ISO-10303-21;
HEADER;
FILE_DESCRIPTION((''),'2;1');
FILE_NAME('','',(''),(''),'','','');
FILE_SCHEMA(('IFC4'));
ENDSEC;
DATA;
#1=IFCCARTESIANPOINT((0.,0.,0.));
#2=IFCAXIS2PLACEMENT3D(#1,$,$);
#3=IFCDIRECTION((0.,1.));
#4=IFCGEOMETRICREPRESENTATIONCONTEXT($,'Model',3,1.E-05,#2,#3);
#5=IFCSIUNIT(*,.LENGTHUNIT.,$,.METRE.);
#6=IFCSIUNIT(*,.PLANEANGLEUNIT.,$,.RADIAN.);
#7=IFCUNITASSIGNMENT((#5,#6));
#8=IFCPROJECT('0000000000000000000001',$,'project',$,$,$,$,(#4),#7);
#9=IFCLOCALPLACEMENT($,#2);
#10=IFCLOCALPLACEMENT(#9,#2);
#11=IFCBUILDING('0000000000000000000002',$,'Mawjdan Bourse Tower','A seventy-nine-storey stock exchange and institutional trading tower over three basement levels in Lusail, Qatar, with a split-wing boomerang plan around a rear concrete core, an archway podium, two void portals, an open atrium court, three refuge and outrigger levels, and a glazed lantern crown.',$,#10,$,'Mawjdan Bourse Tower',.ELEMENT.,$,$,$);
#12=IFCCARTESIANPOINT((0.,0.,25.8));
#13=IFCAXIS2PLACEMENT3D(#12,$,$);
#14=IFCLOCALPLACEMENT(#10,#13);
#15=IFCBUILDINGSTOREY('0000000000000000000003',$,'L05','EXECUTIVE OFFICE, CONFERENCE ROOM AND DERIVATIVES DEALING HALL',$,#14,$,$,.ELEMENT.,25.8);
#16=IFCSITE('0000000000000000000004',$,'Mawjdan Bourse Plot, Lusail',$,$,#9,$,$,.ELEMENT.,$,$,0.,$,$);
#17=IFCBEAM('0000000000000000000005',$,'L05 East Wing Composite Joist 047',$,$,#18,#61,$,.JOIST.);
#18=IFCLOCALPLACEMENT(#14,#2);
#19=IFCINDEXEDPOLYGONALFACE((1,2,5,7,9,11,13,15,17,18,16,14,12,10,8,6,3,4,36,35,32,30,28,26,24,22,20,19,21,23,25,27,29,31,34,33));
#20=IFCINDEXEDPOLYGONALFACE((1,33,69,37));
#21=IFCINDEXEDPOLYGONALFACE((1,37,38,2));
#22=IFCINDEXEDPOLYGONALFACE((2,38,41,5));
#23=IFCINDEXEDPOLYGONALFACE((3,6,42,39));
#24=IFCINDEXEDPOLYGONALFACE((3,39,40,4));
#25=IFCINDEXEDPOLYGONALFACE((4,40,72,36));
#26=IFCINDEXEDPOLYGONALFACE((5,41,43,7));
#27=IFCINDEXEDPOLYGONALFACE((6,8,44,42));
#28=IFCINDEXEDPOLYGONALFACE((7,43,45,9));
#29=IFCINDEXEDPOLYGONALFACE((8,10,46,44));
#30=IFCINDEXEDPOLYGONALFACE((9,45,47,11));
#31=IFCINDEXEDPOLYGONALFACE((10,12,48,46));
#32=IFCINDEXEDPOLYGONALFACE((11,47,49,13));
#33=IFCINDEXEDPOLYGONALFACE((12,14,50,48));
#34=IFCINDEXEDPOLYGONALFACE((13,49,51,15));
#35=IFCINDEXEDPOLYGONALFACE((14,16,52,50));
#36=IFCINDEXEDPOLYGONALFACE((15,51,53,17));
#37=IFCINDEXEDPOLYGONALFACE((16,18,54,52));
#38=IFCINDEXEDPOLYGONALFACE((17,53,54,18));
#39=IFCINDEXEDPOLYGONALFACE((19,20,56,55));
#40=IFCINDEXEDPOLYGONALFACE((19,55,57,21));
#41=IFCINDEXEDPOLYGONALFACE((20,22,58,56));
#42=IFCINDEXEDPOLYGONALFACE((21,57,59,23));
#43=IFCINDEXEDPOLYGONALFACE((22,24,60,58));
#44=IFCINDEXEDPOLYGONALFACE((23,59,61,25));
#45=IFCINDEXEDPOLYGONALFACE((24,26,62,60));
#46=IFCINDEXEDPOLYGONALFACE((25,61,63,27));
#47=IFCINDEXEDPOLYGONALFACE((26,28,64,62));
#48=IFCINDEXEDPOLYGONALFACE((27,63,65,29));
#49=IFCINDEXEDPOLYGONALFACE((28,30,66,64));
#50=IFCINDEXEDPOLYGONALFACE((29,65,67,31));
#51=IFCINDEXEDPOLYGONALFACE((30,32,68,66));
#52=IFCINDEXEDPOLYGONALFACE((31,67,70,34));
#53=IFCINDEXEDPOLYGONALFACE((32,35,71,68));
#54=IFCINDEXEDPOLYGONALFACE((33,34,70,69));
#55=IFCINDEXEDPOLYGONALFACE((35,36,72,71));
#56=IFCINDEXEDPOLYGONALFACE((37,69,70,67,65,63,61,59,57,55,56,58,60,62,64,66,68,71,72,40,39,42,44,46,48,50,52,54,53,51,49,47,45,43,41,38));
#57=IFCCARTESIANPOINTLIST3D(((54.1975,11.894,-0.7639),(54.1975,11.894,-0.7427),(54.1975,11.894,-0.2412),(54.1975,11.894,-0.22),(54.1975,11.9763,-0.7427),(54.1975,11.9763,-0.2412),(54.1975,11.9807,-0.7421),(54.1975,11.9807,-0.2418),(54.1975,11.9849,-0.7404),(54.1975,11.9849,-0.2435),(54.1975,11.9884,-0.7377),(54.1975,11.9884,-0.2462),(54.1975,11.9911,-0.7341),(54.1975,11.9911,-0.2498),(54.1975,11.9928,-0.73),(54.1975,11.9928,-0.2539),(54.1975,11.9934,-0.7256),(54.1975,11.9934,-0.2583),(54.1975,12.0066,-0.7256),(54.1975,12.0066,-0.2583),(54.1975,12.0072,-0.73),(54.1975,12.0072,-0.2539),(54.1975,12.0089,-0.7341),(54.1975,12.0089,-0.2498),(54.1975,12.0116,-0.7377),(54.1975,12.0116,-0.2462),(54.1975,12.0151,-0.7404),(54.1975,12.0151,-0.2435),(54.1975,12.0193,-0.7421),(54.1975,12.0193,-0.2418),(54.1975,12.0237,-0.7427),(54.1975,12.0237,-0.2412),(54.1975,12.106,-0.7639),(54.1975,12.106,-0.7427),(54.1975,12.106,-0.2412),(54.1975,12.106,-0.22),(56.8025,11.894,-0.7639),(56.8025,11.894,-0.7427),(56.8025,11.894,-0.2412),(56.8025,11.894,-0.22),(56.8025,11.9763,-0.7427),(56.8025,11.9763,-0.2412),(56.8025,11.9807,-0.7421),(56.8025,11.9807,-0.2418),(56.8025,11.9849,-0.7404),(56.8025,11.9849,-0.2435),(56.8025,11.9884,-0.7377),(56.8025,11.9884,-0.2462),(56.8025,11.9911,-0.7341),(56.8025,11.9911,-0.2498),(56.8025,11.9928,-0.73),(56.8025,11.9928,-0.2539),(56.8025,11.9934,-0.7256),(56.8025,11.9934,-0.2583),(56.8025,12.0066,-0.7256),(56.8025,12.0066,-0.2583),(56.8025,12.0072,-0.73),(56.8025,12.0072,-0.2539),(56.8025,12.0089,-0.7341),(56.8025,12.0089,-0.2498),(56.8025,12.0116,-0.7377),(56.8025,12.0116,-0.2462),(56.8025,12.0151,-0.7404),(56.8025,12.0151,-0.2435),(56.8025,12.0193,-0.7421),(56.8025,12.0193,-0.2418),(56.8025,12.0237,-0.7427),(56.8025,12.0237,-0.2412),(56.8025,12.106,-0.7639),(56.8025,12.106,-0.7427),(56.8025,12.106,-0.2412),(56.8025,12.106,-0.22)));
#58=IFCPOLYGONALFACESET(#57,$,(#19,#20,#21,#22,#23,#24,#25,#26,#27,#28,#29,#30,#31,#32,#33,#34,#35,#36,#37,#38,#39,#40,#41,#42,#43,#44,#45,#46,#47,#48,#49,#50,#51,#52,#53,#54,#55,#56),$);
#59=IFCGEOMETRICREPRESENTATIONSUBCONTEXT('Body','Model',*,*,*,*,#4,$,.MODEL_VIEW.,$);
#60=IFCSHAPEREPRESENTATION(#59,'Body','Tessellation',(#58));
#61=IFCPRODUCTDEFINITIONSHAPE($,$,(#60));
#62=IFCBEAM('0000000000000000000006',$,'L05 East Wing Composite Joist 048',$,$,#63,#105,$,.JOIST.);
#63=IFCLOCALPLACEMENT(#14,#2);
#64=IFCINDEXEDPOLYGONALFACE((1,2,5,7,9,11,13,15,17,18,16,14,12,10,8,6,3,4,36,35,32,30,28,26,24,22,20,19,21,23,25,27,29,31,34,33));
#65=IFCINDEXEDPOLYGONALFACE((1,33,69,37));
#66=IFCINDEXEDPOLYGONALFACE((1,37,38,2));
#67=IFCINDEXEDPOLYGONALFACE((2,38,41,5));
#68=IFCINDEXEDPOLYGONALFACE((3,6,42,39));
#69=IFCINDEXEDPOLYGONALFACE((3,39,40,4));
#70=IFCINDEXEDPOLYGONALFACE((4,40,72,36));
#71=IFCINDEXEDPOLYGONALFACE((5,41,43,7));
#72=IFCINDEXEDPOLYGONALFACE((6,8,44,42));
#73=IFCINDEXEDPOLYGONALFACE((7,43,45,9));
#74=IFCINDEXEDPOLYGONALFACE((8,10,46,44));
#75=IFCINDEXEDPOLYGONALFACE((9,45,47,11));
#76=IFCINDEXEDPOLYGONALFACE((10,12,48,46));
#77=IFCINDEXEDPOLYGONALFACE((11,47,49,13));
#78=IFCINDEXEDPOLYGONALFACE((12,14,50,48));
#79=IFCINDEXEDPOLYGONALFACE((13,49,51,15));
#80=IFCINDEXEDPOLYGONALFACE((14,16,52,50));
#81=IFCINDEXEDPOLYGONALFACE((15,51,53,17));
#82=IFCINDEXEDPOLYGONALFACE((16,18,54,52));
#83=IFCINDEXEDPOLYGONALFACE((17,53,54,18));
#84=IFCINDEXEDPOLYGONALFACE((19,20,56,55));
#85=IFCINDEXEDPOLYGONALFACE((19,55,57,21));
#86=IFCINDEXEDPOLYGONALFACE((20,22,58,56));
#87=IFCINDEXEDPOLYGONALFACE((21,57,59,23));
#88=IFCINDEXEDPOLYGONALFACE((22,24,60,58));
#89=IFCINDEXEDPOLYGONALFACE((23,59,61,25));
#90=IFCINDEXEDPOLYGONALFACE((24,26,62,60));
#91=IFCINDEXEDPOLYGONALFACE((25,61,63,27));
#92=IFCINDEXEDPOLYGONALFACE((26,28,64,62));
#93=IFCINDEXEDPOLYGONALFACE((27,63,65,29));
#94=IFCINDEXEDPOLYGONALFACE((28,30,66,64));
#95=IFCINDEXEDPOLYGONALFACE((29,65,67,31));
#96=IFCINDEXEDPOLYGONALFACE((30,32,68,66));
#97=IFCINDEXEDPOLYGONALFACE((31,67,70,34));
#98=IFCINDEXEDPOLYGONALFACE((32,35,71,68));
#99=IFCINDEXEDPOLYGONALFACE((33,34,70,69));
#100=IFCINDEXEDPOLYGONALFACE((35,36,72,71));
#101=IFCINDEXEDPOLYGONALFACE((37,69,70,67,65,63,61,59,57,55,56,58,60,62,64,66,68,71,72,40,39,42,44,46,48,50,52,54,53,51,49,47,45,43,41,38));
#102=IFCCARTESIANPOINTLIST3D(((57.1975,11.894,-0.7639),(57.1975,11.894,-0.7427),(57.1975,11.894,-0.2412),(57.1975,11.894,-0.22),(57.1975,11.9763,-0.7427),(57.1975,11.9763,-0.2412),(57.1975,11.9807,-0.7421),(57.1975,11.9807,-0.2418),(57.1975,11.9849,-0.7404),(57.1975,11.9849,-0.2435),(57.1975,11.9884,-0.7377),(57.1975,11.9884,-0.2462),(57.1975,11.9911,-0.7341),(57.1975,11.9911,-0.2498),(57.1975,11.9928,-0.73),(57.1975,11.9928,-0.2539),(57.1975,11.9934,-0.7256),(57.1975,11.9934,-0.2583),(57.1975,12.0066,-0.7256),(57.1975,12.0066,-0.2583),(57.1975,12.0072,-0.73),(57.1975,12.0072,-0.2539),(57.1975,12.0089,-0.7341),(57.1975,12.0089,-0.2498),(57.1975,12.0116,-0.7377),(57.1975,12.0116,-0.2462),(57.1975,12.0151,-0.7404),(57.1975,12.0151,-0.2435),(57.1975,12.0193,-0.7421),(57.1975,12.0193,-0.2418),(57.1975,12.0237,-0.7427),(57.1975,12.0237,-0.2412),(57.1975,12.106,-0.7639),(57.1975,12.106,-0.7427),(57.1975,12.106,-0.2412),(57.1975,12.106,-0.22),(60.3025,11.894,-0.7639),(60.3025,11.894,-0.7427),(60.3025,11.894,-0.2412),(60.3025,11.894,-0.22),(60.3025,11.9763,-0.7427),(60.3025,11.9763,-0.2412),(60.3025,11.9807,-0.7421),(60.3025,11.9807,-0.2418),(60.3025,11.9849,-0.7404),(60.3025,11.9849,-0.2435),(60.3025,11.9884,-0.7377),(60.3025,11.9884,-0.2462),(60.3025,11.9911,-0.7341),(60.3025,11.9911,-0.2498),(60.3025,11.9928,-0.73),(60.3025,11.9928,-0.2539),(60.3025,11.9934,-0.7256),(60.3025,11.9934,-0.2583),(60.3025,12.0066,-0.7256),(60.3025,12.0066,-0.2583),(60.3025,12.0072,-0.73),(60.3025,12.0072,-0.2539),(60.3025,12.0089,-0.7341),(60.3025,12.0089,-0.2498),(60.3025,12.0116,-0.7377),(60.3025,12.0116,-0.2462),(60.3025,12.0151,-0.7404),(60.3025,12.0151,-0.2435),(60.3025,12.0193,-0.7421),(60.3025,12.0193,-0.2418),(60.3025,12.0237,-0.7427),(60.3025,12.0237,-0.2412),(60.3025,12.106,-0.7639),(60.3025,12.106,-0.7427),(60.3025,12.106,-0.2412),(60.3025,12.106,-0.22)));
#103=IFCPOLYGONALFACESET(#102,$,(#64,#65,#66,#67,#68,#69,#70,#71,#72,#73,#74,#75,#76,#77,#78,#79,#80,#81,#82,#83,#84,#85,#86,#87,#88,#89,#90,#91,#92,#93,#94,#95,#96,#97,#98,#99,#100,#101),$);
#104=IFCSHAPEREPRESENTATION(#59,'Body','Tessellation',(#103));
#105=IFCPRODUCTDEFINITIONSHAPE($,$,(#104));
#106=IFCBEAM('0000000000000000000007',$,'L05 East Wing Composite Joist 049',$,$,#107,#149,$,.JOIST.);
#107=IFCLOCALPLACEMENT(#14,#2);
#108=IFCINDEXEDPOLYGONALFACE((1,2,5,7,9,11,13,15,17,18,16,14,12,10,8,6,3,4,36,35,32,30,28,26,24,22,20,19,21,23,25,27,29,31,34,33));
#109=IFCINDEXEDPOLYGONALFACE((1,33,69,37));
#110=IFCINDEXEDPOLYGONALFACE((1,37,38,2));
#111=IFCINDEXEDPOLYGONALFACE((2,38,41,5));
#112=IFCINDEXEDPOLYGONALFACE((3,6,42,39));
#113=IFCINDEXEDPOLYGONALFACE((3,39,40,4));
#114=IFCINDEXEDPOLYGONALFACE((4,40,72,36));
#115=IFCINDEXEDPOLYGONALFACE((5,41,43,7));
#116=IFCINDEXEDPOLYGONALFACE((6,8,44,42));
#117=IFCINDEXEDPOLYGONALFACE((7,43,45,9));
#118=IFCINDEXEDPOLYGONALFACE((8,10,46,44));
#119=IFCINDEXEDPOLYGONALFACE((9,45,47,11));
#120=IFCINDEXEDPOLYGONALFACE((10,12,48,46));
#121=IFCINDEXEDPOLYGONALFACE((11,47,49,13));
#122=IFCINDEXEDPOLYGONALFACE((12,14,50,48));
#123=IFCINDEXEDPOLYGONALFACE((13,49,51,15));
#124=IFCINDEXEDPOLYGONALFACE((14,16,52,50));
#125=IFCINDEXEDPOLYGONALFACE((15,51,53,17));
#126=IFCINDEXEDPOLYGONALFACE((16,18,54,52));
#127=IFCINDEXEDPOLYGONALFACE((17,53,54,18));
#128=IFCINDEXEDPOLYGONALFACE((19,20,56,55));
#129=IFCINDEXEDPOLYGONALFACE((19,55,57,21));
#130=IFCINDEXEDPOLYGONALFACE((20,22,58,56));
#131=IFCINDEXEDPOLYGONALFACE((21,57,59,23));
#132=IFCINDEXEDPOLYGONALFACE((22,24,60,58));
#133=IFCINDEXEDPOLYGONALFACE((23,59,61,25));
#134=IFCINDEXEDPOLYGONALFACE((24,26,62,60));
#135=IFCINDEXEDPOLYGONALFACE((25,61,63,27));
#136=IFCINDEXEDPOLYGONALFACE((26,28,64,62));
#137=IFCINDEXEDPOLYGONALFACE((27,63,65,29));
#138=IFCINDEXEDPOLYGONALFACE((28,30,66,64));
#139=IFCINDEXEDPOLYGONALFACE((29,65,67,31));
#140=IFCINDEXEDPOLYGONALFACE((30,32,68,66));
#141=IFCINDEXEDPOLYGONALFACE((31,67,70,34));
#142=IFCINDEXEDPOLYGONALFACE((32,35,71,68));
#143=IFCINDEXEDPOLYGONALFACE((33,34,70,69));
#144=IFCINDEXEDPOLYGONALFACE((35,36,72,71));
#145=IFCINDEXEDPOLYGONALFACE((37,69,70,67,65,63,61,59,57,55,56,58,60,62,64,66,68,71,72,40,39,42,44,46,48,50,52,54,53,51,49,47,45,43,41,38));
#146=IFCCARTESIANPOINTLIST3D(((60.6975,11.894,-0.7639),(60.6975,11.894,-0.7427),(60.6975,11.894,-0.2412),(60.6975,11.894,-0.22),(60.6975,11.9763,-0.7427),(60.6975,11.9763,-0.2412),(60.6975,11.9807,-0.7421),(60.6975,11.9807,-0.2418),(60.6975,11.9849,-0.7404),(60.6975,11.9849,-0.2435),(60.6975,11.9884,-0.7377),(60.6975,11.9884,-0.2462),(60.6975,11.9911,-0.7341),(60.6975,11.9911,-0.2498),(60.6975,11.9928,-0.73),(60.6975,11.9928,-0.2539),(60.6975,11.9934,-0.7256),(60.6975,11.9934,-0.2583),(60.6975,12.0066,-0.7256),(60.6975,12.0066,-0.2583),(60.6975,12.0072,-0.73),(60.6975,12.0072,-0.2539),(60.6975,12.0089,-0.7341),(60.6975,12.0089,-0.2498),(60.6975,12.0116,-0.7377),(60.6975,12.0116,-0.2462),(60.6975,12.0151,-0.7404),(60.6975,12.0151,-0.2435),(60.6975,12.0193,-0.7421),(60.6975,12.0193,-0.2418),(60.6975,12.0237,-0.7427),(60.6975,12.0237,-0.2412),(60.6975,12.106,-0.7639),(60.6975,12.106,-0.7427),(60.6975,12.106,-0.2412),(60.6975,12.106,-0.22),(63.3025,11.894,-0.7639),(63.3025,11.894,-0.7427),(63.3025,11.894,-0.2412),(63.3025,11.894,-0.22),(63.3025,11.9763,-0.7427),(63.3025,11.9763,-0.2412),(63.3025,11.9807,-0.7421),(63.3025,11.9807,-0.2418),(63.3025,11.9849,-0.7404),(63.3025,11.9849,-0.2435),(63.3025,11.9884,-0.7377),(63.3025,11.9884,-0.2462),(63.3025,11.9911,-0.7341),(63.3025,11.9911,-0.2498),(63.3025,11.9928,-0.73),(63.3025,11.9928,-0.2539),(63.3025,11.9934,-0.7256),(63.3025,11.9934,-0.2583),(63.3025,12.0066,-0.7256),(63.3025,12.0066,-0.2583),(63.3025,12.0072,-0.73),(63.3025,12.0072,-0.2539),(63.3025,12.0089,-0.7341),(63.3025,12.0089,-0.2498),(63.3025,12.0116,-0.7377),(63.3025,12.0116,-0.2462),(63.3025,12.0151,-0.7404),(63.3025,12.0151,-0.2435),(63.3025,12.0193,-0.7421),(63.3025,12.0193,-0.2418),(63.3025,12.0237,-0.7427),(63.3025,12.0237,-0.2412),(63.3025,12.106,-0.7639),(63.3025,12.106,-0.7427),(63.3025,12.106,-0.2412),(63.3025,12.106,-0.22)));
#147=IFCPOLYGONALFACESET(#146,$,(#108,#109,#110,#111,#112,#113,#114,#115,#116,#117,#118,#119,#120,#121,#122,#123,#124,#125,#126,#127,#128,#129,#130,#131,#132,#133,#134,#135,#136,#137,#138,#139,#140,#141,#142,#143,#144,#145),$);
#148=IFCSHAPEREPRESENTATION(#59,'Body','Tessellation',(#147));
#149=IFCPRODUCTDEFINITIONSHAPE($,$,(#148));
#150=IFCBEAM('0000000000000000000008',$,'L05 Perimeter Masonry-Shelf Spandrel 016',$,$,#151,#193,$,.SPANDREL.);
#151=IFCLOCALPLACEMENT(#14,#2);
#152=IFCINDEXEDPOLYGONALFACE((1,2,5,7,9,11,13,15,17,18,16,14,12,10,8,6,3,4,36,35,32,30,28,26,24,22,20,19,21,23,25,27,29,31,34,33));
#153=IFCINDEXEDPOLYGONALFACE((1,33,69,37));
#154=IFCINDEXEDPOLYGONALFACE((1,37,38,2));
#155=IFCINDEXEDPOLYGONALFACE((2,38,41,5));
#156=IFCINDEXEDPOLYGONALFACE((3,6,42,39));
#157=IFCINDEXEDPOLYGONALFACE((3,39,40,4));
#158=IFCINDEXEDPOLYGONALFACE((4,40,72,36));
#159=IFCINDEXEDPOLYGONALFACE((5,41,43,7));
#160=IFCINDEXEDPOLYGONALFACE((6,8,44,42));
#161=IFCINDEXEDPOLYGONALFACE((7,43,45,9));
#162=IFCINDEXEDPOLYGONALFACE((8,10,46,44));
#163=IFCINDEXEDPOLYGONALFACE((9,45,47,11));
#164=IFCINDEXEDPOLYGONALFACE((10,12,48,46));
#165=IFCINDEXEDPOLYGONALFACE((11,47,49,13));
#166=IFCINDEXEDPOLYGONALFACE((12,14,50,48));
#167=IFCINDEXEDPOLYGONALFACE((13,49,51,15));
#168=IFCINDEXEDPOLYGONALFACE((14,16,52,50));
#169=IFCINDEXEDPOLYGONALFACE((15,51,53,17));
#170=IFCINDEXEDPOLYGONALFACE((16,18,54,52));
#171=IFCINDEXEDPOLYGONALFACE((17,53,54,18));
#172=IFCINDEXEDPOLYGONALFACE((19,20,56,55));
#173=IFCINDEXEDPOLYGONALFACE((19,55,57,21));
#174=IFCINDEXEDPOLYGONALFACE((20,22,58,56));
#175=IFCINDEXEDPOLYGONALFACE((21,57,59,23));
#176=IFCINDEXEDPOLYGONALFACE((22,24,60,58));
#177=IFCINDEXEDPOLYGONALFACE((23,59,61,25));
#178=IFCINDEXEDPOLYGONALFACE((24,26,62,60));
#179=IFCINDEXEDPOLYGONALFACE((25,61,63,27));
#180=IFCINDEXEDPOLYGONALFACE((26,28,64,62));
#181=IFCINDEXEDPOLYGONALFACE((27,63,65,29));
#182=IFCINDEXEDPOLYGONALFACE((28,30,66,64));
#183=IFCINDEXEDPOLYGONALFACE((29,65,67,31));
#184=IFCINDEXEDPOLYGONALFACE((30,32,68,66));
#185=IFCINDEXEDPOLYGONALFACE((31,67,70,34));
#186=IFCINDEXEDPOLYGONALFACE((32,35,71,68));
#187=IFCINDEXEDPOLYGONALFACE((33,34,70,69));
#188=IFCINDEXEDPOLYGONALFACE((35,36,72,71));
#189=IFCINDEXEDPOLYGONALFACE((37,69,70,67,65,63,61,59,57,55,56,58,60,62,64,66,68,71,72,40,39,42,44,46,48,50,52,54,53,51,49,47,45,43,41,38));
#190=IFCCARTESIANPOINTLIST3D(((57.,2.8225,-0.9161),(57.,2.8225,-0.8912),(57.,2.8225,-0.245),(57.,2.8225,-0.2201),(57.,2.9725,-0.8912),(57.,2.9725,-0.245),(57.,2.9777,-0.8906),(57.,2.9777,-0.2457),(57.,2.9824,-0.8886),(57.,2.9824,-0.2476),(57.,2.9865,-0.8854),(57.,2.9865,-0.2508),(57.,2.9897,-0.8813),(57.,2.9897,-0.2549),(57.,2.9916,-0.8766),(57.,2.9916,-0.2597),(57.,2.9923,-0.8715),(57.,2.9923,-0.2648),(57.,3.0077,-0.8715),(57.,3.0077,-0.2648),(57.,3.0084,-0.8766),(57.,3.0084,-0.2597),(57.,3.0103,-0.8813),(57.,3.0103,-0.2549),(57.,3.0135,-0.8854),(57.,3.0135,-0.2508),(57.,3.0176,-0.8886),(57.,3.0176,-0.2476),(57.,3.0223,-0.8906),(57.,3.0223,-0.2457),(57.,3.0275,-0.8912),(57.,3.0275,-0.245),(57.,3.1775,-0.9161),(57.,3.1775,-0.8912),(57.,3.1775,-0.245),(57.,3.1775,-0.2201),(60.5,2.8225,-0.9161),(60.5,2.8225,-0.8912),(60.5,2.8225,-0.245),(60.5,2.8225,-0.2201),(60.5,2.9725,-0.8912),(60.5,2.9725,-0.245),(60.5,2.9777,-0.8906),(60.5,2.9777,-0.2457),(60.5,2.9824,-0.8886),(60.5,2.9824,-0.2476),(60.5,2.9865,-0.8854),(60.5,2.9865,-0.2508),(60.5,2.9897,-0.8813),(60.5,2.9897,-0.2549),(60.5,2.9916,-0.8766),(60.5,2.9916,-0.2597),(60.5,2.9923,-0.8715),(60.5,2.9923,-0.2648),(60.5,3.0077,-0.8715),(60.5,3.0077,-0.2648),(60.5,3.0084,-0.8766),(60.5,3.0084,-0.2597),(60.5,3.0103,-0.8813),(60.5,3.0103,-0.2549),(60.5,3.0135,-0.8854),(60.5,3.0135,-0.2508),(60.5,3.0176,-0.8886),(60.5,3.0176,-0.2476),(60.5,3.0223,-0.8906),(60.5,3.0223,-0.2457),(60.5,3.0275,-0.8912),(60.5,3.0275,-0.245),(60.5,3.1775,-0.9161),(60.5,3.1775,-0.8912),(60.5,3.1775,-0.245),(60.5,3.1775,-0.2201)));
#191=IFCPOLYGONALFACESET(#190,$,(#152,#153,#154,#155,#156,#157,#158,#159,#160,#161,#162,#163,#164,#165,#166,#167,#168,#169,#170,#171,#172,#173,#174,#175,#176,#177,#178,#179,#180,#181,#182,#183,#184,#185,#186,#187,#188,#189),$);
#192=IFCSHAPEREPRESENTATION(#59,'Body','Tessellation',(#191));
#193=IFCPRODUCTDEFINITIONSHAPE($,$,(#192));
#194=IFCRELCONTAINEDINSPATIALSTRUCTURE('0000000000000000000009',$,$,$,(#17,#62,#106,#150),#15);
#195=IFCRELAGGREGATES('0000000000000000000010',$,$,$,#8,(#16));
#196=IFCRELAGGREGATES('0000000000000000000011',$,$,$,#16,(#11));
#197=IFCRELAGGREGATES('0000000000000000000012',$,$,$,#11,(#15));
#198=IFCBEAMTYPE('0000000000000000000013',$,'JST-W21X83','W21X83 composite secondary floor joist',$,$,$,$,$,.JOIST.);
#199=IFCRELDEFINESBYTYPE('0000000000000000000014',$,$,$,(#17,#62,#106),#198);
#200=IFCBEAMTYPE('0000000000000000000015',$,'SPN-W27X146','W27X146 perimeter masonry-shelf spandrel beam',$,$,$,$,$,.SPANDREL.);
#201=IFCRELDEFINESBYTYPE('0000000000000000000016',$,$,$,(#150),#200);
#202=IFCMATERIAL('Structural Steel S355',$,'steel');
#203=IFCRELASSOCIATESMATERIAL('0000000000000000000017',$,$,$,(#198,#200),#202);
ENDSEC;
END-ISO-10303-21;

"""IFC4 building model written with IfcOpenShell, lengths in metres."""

from ifc_helpers import new_model, si_unit, direction, frame, origin, origin_2d, place, context, subcontext, project, spatial, i_section, extrude, material, material_profile, profile_set, type_object, element, save


model = new_model("IFC4")

# Units and contexts
model_context = context("Model", 3, precision=1e-05, world=origin(), true_north=direction((0.0, 1.0)))
body_context = subcontext(model_context, "Body", "Model", "MODEL_VIEW")
ifc_project = project(units=[si_unit("LENGTHUNIT", "METRE"), si_unit("PLANEANGLEUNIT", "RADIAN")], contexts=[model_context])

# Site, building, storey
site_placement = place(None, origin())
site = spatial("IfcSite", under=ifc_project, at=site_placement, Name="Mawjdan Bourse Plot, Lusail", CompositionType="ELEMENT", RefElevation=0.0)
building_placement = place(site_placement, origin())
building = spatial("IfcBuilding", under=site, at=building_placement, Name="Mawjdan Bourse Tower", Description="A seventy-nine-storey stock exchange and institutional trading tower over three basement levels in Lusail, Qatar, with a split-wing boomerang plan around a rear concrete core, an archway podium, two void portals, an open atrium court, three refuge and outrigger levels, and a glazed lantern crown.", LongName="Mawjdan Bourse Tower", CompositionType="ELEMENT")
storey_placement = place(building_placement, frame((0.0, 0.0, 25.8)))
storey = spatial("IfcBuildingStorey", under=building, at=storey_placement, Name="L05", Description="EXECUTIVE OFFICE, CONFERENCE ROOM AND DERIVATIVES DEALING HALL", CompositionType="ELEMENT", Elevation=25.8)

# Beams
ifc_material_1 = material(Name="Structural Steel S355", Category="steel")
ifc_material_profile_1 = material_profile(ifc_material_1, i_section(OverallWidth=0.2119, OverallDepth=0.5439, WebThickness=0.0132, FlangeThickness=0.0212, FilletRadius=0.0171, at=origin_2d()), Name="W21X83")
ifc_profile_set_1 = profile_set([ifc_material_profile_1], Name="Structural Steel S355")
beam_type_1 = type_object("IfcBeamType", Name="JST-W21X83", Description="W21X83 composite secondary floor joist", PredefinedType="JOIST", material=ifc_profile_set_1)
for number, where, z_axis, x_axis, name in (
    (1, (54.1975, 12.0, -0.4919), (1.0, 0.0, 0.0), (0.0, 1.0, 0.0), "L05 East Wing Composite Joist 047"),
):
    element("IfcBeam", number, at=place(storey_placement, frame(where, z_axis=z_axis, x_axis=x_axis)), inside=storey, type_object=beam_type_1, Name=name, PredefinedType="JOIST", context=body_context, shape_type="SweptSolid", body=[
        extrude(i_section(OverallWidth=0.2119, OverallDepth=0.5439, WebThickness=0.0132, FlangeThickness=0.0212, FilletRadius=0.0171, at=origin_2d()), origin(), (0.0, 0.0, 1.0), 2.605),
    ])
beam_1_placement = place(storey_placement, frame((57.1975, 12.0, -0.4919), z_axis=(1.0, 0.0, 0.0), x_axis=(0.0, 1.0, 0.0)))
element("IfcBeam", 2, at=beam_1_placement, inside=storey, type_object=beam_type_1, Name="L05 East Wing Composite Joist 048", PredefinedType="JOIST", context=body_context, shape_type="SweptSolid", body=[
    extrude(i_section(OverallWidth=0.2119, OverallDepth=0.5439, WebThickness=0.0132, FlangeThickness=0.0212, FilletRadius=0.0171, at=origin_2d()), origin(), (0.0, 0.0, 1.0), 3.105),
])
beam_2_placement = place(storey_placement, frame((60.6975, 12.0, -0.4919), z_axis=(1.0, 0.0, 0.0), x_axis=(0.0, 1.0, 0.0)))
element("IfcBeam", 3, at=beam_2_placement, inside=storey, type_object=beam_type_1, Name="L05 East Wing Composite Joist 049", PredefinedType="JOIST", context=body_context, shape_type="SweptSolid", body=[
    extrude(i_section(OverallWidth=0.2119, OverallDepth=0.5439, WebThickness=0.0132, FlangeThickness=0.0212, FilletRadius=0.0171, at=origin_2d()), origin(), (0.0, 0.0, 1.0), 2.605),
])
ifc_material_profile_2 = material_profile(ifc_material_1, i_section(OverallWidth=0.355, OverallDepth=0.696, WebThickness=0.0154, FlangeThickness=0.0249, FilletRadius=0.0198, at=origin_2d()), Name="W27X146")
ifc_profile_set_2 = profile_set([ifc_material_profile_2], Name="Structural Steel S355")
beam_type_2 = type_object("IfcBeamType", Name="SPN-W27X146", Description="W27X146 perimeter masonry-shelf spandrel beam", PredefinedType="SPANDREL", material=ifc_profile_set_2)
beam_3_placement = place(storey_placement, frame((57.0, 3.0, -0.5681), z_axis=(1.0, 0.0, 0.0), x_axis=(0.0, 1.0, 0.0)))
element("IfcBeam", 4, at=beam_3_placement, inside=storey, type_object=beam_type_2, Name="L05 Perimeter Masonry-Shelf Spandrel 016", PredefinedType="SPANDREL", context=body_context, shape_type="SweptSolid", body=[
    extrude(i_section(OverallWidth=0.355, OverallDepth=0.696, WebThickness=0.0154, FlangeThickness=0.0249, FilletRadius=0.0198, at=origin_2d()), origin(), (0.0, 0.0, 1.0), 3.5),
])

save(model, "model.ifc")
